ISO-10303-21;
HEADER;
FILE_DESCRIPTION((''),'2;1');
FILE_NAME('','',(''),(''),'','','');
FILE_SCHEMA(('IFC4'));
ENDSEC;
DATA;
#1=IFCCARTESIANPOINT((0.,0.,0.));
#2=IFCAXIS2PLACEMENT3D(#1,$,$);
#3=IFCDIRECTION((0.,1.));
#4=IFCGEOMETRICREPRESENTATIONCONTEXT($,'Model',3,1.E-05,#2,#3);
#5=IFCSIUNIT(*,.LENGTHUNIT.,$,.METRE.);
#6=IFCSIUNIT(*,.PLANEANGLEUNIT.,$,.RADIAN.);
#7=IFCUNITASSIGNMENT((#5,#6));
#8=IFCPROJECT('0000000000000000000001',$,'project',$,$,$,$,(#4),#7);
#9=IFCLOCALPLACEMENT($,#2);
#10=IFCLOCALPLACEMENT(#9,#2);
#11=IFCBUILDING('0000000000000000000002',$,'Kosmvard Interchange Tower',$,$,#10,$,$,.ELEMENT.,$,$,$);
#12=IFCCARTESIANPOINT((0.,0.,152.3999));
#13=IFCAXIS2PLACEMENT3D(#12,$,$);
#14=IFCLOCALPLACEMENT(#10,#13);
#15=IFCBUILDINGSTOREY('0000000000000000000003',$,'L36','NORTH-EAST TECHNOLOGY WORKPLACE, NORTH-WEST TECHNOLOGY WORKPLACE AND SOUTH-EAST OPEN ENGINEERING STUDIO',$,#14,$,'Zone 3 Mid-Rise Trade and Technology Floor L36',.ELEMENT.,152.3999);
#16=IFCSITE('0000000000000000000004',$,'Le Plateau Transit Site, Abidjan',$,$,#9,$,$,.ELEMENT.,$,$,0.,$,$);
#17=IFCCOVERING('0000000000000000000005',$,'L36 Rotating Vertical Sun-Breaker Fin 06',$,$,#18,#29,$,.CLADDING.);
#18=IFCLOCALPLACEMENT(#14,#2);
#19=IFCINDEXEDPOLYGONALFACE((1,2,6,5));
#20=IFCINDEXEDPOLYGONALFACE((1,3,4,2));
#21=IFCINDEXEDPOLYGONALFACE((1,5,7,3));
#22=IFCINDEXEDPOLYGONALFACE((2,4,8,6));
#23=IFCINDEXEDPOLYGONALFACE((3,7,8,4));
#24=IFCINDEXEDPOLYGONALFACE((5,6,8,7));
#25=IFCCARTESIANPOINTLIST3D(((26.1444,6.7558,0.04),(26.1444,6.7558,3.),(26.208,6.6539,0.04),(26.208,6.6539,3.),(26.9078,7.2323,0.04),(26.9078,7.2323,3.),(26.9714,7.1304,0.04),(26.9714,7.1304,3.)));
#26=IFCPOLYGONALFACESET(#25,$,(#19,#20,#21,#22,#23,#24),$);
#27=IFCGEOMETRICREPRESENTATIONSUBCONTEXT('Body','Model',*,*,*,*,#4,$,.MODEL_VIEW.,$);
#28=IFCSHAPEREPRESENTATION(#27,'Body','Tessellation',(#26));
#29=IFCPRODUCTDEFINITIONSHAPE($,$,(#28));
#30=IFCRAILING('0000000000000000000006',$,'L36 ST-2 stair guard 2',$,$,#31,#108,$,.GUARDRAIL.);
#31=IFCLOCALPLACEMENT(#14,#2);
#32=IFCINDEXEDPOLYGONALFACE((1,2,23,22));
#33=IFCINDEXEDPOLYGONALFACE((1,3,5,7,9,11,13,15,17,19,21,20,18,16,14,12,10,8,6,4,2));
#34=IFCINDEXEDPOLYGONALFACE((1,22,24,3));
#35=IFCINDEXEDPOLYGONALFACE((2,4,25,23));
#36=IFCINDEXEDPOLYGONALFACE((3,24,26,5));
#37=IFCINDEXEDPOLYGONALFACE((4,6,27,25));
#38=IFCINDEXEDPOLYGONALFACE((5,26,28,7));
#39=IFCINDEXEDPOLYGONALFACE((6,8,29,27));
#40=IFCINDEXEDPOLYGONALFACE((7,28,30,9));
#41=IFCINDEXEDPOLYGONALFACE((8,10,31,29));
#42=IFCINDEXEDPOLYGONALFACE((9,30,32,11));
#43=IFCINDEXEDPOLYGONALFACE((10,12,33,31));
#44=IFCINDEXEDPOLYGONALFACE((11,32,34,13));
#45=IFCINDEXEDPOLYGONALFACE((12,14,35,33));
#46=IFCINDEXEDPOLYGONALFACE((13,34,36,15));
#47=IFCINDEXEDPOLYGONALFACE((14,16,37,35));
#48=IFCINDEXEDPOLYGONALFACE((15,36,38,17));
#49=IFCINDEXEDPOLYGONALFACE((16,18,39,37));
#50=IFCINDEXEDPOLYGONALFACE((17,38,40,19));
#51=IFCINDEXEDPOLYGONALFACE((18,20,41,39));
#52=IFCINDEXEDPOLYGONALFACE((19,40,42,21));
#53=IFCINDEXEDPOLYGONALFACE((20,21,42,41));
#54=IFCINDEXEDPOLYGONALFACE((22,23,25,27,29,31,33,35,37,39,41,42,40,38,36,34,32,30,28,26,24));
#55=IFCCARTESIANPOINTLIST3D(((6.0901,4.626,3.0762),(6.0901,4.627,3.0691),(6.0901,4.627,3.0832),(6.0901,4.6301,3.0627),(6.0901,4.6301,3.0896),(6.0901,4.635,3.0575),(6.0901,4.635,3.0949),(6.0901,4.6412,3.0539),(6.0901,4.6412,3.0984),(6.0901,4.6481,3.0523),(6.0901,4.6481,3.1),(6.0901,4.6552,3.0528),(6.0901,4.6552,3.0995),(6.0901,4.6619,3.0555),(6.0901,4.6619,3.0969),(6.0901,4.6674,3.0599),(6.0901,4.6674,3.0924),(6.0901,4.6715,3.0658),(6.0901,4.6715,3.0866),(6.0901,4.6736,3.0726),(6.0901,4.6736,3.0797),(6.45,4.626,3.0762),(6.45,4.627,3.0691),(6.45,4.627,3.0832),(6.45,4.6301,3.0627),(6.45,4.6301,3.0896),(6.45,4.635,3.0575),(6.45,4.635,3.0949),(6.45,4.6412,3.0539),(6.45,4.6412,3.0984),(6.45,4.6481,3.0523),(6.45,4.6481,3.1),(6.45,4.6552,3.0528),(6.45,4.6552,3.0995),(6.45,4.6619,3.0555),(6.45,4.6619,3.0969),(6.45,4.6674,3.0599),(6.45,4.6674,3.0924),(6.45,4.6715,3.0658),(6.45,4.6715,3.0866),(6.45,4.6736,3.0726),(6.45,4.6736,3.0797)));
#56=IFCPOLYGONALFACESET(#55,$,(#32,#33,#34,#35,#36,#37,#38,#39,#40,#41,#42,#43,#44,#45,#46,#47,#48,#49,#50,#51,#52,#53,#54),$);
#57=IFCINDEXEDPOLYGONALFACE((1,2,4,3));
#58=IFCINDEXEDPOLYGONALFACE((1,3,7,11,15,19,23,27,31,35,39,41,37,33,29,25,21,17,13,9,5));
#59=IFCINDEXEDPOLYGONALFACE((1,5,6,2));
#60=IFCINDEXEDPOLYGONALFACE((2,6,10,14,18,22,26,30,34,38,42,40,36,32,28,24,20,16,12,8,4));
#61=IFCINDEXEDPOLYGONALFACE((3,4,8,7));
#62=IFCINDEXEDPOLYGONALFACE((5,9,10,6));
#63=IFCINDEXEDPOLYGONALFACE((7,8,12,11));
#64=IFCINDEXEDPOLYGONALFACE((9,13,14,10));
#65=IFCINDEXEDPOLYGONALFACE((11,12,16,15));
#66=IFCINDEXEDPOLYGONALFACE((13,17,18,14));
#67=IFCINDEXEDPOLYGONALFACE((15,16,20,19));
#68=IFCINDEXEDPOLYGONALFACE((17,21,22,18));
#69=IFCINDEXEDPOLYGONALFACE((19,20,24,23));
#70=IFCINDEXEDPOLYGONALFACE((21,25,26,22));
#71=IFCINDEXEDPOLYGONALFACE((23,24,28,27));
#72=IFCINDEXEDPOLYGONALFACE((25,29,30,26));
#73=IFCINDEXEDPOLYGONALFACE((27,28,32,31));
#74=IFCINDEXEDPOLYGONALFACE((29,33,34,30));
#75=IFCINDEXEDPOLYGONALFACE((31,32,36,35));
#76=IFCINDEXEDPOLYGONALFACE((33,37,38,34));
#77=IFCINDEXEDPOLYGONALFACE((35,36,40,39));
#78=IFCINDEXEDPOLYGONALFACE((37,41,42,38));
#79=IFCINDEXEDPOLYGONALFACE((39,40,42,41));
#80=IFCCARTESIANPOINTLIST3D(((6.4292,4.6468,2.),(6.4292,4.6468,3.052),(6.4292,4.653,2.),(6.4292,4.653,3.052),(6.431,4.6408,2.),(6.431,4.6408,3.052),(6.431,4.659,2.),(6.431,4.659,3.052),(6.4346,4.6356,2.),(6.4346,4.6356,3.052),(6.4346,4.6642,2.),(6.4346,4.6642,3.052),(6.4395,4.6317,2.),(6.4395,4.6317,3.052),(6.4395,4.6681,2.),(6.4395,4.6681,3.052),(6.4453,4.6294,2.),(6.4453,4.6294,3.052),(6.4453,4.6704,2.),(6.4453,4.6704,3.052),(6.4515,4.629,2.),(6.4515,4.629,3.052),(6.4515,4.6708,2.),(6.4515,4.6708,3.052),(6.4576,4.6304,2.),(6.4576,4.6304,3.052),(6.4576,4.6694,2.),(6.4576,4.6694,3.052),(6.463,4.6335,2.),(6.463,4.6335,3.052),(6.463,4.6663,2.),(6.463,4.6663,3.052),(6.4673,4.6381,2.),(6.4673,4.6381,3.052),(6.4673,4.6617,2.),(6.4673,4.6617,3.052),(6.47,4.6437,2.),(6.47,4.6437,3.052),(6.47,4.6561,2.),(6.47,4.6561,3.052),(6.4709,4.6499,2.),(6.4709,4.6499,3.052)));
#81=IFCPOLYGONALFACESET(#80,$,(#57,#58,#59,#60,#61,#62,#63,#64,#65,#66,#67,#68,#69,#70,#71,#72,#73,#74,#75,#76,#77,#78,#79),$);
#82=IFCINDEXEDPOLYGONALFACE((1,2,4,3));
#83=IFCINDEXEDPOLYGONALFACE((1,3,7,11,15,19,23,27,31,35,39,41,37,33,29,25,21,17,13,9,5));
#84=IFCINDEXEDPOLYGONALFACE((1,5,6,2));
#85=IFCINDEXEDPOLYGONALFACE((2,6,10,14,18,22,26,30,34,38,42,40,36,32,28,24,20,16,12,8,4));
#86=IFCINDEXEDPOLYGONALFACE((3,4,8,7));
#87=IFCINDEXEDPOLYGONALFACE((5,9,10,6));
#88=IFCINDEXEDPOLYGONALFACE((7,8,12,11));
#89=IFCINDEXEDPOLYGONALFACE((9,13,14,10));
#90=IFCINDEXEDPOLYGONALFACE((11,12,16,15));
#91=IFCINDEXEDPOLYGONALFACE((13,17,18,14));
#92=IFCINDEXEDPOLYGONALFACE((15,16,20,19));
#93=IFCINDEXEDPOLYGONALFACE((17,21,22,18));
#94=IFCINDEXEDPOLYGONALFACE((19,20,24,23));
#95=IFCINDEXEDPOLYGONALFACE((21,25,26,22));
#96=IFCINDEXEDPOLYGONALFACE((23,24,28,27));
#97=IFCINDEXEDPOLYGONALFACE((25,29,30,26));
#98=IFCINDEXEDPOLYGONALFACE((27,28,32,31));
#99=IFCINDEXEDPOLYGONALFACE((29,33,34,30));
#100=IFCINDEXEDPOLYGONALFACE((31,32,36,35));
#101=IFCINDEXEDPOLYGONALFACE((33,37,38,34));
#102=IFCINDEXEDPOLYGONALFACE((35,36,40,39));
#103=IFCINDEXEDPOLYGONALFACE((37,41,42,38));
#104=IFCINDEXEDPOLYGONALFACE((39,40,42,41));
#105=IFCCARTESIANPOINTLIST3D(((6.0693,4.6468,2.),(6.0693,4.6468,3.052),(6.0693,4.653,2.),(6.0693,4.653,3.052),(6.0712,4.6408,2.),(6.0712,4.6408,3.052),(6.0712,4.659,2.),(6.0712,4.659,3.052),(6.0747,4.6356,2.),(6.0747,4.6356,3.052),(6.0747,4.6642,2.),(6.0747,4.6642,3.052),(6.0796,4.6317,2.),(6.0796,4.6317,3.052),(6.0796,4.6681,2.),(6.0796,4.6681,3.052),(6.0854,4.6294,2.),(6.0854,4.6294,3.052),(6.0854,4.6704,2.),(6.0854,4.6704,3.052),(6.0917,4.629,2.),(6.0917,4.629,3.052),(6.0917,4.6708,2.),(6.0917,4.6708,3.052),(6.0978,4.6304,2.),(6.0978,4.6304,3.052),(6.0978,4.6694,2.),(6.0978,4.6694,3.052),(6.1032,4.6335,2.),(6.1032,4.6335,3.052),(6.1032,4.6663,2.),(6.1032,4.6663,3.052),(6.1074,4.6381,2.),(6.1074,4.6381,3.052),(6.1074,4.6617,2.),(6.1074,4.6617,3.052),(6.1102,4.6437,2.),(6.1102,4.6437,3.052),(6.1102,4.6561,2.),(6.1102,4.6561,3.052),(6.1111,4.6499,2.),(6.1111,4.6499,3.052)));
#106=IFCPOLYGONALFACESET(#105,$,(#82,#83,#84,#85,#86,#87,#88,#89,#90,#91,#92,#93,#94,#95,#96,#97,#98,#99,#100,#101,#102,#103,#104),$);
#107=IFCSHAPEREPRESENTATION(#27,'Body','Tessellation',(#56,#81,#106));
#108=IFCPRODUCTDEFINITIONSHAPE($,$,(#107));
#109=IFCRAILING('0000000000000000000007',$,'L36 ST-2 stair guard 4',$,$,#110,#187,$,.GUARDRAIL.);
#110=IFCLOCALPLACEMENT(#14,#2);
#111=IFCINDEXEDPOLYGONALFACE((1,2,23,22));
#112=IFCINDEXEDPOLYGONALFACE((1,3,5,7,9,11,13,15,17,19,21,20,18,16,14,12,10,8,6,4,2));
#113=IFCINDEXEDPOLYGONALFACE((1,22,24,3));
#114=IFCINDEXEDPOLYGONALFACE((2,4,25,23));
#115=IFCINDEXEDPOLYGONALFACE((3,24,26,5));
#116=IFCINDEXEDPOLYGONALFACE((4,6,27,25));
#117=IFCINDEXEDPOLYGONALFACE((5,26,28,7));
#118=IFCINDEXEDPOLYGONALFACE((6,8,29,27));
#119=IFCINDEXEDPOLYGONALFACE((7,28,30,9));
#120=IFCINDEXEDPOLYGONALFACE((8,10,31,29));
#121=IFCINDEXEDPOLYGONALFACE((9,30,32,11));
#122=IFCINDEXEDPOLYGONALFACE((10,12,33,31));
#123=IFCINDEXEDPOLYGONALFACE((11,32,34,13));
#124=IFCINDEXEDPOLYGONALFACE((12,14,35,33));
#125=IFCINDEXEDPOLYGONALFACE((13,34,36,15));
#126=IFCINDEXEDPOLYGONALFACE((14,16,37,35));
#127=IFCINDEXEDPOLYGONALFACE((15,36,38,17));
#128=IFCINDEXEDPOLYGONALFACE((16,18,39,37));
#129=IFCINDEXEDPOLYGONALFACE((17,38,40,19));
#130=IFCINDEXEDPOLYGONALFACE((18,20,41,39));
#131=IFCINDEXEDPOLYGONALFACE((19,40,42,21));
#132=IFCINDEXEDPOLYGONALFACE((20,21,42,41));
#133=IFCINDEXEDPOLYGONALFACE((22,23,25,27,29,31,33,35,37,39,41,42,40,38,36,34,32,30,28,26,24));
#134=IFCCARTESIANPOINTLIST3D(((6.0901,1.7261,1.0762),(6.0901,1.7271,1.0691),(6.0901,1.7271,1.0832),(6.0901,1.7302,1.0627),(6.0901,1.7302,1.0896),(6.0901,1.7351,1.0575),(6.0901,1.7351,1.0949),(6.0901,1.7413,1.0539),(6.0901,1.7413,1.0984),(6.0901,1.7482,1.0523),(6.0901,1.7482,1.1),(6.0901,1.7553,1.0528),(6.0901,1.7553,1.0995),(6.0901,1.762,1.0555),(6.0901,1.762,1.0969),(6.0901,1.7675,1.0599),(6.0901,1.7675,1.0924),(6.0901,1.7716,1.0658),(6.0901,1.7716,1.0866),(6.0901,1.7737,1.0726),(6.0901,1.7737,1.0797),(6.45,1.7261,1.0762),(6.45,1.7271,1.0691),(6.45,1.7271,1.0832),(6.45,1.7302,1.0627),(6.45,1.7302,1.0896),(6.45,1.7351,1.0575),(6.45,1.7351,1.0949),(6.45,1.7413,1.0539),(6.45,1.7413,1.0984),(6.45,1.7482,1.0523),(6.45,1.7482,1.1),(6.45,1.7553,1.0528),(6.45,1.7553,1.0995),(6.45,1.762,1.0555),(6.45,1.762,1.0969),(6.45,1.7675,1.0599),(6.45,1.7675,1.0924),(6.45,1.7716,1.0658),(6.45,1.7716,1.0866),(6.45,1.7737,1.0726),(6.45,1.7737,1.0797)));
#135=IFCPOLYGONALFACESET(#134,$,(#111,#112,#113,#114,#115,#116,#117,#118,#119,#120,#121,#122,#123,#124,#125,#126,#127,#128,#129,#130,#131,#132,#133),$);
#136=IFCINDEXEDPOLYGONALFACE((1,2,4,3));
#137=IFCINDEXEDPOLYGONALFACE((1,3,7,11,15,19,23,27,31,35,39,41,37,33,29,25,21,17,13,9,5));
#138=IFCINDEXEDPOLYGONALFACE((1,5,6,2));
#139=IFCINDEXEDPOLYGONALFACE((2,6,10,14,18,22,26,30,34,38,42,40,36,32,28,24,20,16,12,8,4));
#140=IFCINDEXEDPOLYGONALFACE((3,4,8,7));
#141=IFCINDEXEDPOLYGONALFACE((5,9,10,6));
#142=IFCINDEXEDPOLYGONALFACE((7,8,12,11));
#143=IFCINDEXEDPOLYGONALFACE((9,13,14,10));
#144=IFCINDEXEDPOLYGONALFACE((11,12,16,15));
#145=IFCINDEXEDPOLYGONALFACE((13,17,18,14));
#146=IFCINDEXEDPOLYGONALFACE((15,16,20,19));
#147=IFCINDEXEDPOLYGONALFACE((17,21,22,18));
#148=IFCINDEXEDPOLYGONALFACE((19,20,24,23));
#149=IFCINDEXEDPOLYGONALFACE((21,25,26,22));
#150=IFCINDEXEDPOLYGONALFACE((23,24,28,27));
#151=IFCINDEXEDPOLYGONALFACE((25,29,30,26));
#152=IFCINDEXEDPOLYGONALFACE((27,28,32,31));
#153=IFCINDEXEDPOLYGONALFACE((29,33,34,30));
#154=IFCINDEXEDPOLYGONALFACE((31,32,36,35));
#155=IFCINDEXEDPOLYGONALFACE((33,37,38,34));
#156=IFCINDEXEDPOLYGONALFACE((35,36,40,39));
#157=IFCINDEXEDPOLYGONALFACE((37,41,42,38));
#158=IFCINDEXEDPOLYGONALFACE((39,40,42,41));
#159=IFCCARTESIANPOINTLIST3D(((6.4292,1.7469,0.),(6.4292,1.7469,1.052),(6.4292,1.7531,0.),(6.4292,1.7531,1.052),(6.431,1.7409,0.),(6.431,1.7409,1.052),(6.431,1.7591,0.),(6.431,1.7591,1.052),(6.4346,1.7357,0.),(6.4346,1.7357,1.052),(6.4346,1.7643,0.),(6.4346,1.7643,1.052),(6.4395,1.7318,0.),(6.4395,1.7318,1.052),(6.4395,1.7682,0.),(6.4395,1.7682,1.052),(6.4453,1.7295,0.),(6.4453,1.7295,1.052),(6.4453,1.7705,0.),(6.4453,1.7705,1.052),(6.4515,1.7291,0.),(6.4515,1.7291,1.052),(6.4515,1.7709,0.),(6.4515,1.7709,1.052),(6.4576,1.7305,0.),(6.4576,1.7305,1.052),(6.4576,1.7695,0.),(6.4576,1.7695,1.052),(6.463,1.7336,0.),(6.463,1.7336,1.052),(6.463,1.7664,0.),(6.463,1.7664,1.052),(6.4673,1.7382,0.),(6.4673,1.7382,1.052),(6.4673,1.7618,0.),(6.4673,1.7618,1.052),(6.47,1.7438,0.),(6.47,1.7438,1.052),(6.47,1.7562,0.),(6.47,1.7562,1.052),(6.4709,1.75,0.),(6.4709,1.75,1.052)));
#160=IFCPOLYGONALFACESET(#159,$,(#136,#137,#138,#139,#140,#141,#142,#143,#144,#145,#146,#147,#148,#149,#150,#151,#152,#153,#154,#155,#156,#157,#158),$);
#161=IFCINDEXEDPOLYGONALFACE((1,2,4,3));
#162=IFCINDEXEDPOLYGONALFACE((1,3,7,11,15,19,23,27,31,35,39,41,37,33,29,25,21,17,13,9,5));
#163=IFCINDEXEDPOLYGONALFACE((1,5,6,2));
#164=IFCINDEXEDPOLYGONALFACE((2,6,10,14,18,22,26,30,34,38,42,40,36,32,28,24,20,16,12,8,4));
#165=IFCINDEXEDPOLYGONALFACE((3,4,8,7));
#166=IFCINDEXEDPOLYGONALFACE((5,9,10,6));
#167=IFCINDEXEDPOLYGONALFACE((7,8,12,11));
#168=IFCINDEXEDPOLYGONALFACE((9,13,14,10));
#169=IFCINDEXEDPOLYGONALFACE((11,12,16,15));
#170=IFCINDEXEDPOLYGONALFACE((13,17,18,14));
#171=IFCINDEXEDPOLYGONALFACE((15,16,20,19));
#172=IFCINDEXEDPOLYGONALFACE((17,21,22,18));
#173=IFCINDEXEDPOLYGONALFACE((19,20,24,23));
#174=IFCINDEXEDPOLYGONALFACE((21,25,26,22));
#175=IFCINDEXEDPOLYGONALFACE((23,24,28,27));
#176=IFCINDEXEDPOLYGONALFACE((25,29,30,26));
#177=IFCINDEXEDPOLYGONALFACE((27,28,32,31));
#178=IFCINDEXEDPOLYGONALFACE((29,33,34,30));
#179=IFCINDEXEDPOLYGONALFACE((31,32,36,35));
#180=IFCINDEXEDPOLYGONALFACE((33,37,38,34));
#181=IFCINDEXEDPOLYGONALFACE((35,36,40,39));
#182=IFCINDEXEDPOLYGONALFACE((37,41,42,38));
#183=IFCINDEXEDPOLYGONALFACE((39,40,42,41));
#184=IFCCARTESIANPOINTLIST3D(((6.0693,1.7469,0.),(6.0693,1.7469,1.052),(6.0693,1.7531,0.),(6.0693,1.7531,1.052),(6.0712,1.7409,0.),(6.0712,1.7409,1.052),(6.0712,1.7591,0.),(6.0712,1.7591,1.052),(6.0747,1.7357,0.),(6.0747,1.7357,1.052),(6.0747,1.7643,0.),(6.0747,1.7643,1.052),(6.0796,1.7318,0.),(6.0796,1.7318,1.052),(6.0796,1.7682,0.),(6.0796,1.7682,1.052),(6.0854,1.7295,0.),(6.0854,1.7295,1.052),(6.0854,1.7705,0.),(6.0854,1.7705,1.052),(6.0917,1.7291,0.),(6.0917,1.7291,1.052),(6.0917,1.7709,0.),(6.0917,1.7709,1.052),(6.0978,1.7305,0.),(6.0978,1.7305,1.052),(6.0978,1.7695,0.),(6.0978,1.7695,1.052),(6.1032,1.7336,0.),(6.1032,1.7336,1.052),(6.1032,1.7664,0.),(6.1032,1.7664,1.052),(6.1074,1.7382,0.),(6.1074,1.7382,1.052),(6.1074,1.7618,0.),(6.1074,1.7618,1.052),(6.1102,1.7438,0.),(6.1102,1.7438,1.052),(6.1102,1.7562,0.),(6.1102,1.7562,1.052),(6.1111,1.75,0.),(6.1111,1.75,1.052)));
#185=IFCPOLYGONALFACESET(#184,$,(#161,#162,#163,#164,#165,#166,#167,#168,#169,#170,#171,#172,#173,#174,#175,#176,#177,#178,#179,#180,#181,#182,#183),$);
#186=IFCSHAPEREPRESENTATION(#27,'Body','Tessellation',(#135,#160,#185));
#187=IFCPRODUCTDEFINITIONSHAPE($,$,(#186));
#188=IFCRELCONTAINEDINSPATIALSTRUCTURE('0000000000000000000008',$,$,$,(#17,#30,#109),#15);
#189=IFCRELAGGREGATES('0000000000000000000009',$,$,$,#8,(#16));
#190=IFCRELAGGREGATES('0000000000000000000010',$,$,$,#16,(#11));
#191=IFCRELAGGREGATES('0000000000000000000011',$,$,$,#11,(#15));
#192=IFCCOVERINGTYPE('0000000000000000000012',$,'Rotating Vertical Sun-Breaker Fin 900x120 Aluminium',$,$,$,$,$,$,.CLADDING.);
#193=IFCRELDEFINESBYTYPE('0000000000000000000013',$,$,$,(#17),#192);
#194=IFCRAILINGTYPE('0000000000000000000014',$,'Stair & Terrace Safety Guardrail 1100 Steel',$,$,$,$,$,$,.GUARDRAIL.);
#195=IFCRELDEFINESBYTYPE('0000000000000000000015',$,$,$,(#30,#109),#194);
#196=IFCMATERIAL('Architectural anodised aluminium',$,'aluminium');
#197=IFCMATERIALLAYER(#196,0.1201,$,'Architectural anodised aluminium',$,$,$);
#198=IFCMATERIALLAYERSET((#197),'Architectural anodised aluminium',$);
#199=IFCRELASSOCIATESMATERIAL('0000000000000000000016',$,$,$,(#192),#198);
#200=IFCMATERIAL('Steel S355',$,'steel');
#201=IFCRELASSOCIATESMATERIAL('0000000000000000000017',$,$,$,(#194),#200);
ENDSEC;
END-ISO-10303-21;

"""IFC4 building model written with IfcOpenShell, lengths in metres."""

from ifc_helpers import new_model, si_unit, direction, frame, origin, origin_2d, place, context, subcontext, project, spatial, rectangle, circle, extrude, source, transform, mapped, material, layer, layer_set, type_object, element, save


model = new_model("IFC4")

# Units and contexts
model_context = context("Model", 3, precision=1e-05, world=origin(), true_north=direction((0.0, 1.0)))
body_context = subcontext(model_context, "Body", "Model", "MODEL_VIEW")
ifc_project = project(units=[si_unit("LENGTHUNIT", "METRE"), si_unit("PLANEANGLEUNIT", "RADIAN")], contexts=[model_context])

# Site, building, storey
site_placement = place(None, origin())
site = spatial("IfcSite", under=ifc_project, at=site_placement, Name="Le Plateau Transit Site, Abidjan", CompositionType="ELEMENT", RefElevation=0.0)
building_placement = place(site_placement, origin())
building = spatial("IfcBuilding", under=site, at=building_placement, Name="Kosmvard Interchange Tower", CompositionType="ELEMENT")
storey_placement = place(building_placement, frame((0.0, 0.0, 152.3999)))
storey = spatial("IfcBuildingStorey", under=building, at=storey_placement, Name="L36", Description="NORTH-EAST TECHNOLOGY WORKPLACE, NORTH-WEST TECHNOLOGY WORKPLACE AND SOUTH-EAST OPEN ENGINEERING STUDIO", LongName="Zone 3 Mid-Rise Trade and Technology Floor L36", CompositionType="ELEMENT", Elevation=152.3999)

# Shared definitions
ifc_material_1 = material(Name="Steel S355", Category="steel")

# Covering
ifc_material_2 = material(Name="Architectural anodised aluminium", Category="aluminium")
ifc_layer_1 = layer(ifc_material_2, 0.1201, Name="Architectural anodised aluminium")
ifc_layer_set_1 = layer_set([ifc_layer_1], Name="Architectural anodised aluminium")
covering_type = type_object("IfcCoveringType", Name="Rotating Vertical Sun-Breaker Fin 900x120 Aluminium", PredefinedType="CLADDING", material=ifc_layer_set_1)
shared_shape_1 = source(origin(), body_context, "Body", "SweptSolid", [
    extrude(rectangle(XDim=0.8999, YDim=0.1201, at=origin_2d()), origin(), (0.0, 0.0, 1.0), 2.96),
])
for number, where, z_axis, x_axis, name in (
    (1, (26.5579, 6.9431, 0.04), (0.0, 0.0, 1.0), (0.848325, 0.529475, 0.0), "L36 Rotating Vertical Sun-Breaker Fin 06"),
):
    element("IfcCovering", number, at=place(storey_placement, frame(where, z_axis=z_axis, x_axis=x_axis)), inside=storey, type_object=covering_type, Name=name, PredefinedType="CLADDING", context=body_context, shape_type="MappedRepresentation", body=[
        mapped(shared_shape_1, transform((0.0, 0.0, 0.0), scale=1.0)),
    ])

# Railings
railing_type_1 = type_object("IfcRailingType", Name="Stair & Terrace Safety Guardrail 1100 Steel", PredefinedType="GUARDRAIL", material=ifc_material_1)
shared_shape_2 = source(origin(), body_context, "Body", "SweptSolid", [
    extrude(circle(Radius=0.0239, at=origin_2d()), frame((0.0, 0.0, 1.0762), z_axis=(-1.0, 0.0, 0.0), x_axis=(0.0, -1.0, 0.0)), (0.0, 0.0, 1.0), 0.3599),
    extrude(circle(Radius=0.021, at=origin_2d()), origin(), (0.0, 0.0, 1.0), 1.052),
    extrude(circle(Radius=0.021, at=origin_2d()), frame((-0.3599, 0.0, 0.0)), (0.0, 0.0, 1.0), 1.052),
])
for number, where, name in (
    (2, (6.45, 4.6499, 2.0), "L36 ST-2 stair guard 2"),
    (3, (6.45, 1.75, 0.0), "L36 ST-2 stair guard 4"),
):
    element("IfcRailing", number, at=place(storey_placement, frame(where)), inside=storey, type_object=railing_type_1, Name=name, PredefinedType="GUARDRAIL", context=body_context, shape_type="MappedRepresentation", body=[
        mapped(shared_shape_2, transform((0.0, 0.0, 0.0), scale=1.0)),
    ])

save(model, "model.ifc")
